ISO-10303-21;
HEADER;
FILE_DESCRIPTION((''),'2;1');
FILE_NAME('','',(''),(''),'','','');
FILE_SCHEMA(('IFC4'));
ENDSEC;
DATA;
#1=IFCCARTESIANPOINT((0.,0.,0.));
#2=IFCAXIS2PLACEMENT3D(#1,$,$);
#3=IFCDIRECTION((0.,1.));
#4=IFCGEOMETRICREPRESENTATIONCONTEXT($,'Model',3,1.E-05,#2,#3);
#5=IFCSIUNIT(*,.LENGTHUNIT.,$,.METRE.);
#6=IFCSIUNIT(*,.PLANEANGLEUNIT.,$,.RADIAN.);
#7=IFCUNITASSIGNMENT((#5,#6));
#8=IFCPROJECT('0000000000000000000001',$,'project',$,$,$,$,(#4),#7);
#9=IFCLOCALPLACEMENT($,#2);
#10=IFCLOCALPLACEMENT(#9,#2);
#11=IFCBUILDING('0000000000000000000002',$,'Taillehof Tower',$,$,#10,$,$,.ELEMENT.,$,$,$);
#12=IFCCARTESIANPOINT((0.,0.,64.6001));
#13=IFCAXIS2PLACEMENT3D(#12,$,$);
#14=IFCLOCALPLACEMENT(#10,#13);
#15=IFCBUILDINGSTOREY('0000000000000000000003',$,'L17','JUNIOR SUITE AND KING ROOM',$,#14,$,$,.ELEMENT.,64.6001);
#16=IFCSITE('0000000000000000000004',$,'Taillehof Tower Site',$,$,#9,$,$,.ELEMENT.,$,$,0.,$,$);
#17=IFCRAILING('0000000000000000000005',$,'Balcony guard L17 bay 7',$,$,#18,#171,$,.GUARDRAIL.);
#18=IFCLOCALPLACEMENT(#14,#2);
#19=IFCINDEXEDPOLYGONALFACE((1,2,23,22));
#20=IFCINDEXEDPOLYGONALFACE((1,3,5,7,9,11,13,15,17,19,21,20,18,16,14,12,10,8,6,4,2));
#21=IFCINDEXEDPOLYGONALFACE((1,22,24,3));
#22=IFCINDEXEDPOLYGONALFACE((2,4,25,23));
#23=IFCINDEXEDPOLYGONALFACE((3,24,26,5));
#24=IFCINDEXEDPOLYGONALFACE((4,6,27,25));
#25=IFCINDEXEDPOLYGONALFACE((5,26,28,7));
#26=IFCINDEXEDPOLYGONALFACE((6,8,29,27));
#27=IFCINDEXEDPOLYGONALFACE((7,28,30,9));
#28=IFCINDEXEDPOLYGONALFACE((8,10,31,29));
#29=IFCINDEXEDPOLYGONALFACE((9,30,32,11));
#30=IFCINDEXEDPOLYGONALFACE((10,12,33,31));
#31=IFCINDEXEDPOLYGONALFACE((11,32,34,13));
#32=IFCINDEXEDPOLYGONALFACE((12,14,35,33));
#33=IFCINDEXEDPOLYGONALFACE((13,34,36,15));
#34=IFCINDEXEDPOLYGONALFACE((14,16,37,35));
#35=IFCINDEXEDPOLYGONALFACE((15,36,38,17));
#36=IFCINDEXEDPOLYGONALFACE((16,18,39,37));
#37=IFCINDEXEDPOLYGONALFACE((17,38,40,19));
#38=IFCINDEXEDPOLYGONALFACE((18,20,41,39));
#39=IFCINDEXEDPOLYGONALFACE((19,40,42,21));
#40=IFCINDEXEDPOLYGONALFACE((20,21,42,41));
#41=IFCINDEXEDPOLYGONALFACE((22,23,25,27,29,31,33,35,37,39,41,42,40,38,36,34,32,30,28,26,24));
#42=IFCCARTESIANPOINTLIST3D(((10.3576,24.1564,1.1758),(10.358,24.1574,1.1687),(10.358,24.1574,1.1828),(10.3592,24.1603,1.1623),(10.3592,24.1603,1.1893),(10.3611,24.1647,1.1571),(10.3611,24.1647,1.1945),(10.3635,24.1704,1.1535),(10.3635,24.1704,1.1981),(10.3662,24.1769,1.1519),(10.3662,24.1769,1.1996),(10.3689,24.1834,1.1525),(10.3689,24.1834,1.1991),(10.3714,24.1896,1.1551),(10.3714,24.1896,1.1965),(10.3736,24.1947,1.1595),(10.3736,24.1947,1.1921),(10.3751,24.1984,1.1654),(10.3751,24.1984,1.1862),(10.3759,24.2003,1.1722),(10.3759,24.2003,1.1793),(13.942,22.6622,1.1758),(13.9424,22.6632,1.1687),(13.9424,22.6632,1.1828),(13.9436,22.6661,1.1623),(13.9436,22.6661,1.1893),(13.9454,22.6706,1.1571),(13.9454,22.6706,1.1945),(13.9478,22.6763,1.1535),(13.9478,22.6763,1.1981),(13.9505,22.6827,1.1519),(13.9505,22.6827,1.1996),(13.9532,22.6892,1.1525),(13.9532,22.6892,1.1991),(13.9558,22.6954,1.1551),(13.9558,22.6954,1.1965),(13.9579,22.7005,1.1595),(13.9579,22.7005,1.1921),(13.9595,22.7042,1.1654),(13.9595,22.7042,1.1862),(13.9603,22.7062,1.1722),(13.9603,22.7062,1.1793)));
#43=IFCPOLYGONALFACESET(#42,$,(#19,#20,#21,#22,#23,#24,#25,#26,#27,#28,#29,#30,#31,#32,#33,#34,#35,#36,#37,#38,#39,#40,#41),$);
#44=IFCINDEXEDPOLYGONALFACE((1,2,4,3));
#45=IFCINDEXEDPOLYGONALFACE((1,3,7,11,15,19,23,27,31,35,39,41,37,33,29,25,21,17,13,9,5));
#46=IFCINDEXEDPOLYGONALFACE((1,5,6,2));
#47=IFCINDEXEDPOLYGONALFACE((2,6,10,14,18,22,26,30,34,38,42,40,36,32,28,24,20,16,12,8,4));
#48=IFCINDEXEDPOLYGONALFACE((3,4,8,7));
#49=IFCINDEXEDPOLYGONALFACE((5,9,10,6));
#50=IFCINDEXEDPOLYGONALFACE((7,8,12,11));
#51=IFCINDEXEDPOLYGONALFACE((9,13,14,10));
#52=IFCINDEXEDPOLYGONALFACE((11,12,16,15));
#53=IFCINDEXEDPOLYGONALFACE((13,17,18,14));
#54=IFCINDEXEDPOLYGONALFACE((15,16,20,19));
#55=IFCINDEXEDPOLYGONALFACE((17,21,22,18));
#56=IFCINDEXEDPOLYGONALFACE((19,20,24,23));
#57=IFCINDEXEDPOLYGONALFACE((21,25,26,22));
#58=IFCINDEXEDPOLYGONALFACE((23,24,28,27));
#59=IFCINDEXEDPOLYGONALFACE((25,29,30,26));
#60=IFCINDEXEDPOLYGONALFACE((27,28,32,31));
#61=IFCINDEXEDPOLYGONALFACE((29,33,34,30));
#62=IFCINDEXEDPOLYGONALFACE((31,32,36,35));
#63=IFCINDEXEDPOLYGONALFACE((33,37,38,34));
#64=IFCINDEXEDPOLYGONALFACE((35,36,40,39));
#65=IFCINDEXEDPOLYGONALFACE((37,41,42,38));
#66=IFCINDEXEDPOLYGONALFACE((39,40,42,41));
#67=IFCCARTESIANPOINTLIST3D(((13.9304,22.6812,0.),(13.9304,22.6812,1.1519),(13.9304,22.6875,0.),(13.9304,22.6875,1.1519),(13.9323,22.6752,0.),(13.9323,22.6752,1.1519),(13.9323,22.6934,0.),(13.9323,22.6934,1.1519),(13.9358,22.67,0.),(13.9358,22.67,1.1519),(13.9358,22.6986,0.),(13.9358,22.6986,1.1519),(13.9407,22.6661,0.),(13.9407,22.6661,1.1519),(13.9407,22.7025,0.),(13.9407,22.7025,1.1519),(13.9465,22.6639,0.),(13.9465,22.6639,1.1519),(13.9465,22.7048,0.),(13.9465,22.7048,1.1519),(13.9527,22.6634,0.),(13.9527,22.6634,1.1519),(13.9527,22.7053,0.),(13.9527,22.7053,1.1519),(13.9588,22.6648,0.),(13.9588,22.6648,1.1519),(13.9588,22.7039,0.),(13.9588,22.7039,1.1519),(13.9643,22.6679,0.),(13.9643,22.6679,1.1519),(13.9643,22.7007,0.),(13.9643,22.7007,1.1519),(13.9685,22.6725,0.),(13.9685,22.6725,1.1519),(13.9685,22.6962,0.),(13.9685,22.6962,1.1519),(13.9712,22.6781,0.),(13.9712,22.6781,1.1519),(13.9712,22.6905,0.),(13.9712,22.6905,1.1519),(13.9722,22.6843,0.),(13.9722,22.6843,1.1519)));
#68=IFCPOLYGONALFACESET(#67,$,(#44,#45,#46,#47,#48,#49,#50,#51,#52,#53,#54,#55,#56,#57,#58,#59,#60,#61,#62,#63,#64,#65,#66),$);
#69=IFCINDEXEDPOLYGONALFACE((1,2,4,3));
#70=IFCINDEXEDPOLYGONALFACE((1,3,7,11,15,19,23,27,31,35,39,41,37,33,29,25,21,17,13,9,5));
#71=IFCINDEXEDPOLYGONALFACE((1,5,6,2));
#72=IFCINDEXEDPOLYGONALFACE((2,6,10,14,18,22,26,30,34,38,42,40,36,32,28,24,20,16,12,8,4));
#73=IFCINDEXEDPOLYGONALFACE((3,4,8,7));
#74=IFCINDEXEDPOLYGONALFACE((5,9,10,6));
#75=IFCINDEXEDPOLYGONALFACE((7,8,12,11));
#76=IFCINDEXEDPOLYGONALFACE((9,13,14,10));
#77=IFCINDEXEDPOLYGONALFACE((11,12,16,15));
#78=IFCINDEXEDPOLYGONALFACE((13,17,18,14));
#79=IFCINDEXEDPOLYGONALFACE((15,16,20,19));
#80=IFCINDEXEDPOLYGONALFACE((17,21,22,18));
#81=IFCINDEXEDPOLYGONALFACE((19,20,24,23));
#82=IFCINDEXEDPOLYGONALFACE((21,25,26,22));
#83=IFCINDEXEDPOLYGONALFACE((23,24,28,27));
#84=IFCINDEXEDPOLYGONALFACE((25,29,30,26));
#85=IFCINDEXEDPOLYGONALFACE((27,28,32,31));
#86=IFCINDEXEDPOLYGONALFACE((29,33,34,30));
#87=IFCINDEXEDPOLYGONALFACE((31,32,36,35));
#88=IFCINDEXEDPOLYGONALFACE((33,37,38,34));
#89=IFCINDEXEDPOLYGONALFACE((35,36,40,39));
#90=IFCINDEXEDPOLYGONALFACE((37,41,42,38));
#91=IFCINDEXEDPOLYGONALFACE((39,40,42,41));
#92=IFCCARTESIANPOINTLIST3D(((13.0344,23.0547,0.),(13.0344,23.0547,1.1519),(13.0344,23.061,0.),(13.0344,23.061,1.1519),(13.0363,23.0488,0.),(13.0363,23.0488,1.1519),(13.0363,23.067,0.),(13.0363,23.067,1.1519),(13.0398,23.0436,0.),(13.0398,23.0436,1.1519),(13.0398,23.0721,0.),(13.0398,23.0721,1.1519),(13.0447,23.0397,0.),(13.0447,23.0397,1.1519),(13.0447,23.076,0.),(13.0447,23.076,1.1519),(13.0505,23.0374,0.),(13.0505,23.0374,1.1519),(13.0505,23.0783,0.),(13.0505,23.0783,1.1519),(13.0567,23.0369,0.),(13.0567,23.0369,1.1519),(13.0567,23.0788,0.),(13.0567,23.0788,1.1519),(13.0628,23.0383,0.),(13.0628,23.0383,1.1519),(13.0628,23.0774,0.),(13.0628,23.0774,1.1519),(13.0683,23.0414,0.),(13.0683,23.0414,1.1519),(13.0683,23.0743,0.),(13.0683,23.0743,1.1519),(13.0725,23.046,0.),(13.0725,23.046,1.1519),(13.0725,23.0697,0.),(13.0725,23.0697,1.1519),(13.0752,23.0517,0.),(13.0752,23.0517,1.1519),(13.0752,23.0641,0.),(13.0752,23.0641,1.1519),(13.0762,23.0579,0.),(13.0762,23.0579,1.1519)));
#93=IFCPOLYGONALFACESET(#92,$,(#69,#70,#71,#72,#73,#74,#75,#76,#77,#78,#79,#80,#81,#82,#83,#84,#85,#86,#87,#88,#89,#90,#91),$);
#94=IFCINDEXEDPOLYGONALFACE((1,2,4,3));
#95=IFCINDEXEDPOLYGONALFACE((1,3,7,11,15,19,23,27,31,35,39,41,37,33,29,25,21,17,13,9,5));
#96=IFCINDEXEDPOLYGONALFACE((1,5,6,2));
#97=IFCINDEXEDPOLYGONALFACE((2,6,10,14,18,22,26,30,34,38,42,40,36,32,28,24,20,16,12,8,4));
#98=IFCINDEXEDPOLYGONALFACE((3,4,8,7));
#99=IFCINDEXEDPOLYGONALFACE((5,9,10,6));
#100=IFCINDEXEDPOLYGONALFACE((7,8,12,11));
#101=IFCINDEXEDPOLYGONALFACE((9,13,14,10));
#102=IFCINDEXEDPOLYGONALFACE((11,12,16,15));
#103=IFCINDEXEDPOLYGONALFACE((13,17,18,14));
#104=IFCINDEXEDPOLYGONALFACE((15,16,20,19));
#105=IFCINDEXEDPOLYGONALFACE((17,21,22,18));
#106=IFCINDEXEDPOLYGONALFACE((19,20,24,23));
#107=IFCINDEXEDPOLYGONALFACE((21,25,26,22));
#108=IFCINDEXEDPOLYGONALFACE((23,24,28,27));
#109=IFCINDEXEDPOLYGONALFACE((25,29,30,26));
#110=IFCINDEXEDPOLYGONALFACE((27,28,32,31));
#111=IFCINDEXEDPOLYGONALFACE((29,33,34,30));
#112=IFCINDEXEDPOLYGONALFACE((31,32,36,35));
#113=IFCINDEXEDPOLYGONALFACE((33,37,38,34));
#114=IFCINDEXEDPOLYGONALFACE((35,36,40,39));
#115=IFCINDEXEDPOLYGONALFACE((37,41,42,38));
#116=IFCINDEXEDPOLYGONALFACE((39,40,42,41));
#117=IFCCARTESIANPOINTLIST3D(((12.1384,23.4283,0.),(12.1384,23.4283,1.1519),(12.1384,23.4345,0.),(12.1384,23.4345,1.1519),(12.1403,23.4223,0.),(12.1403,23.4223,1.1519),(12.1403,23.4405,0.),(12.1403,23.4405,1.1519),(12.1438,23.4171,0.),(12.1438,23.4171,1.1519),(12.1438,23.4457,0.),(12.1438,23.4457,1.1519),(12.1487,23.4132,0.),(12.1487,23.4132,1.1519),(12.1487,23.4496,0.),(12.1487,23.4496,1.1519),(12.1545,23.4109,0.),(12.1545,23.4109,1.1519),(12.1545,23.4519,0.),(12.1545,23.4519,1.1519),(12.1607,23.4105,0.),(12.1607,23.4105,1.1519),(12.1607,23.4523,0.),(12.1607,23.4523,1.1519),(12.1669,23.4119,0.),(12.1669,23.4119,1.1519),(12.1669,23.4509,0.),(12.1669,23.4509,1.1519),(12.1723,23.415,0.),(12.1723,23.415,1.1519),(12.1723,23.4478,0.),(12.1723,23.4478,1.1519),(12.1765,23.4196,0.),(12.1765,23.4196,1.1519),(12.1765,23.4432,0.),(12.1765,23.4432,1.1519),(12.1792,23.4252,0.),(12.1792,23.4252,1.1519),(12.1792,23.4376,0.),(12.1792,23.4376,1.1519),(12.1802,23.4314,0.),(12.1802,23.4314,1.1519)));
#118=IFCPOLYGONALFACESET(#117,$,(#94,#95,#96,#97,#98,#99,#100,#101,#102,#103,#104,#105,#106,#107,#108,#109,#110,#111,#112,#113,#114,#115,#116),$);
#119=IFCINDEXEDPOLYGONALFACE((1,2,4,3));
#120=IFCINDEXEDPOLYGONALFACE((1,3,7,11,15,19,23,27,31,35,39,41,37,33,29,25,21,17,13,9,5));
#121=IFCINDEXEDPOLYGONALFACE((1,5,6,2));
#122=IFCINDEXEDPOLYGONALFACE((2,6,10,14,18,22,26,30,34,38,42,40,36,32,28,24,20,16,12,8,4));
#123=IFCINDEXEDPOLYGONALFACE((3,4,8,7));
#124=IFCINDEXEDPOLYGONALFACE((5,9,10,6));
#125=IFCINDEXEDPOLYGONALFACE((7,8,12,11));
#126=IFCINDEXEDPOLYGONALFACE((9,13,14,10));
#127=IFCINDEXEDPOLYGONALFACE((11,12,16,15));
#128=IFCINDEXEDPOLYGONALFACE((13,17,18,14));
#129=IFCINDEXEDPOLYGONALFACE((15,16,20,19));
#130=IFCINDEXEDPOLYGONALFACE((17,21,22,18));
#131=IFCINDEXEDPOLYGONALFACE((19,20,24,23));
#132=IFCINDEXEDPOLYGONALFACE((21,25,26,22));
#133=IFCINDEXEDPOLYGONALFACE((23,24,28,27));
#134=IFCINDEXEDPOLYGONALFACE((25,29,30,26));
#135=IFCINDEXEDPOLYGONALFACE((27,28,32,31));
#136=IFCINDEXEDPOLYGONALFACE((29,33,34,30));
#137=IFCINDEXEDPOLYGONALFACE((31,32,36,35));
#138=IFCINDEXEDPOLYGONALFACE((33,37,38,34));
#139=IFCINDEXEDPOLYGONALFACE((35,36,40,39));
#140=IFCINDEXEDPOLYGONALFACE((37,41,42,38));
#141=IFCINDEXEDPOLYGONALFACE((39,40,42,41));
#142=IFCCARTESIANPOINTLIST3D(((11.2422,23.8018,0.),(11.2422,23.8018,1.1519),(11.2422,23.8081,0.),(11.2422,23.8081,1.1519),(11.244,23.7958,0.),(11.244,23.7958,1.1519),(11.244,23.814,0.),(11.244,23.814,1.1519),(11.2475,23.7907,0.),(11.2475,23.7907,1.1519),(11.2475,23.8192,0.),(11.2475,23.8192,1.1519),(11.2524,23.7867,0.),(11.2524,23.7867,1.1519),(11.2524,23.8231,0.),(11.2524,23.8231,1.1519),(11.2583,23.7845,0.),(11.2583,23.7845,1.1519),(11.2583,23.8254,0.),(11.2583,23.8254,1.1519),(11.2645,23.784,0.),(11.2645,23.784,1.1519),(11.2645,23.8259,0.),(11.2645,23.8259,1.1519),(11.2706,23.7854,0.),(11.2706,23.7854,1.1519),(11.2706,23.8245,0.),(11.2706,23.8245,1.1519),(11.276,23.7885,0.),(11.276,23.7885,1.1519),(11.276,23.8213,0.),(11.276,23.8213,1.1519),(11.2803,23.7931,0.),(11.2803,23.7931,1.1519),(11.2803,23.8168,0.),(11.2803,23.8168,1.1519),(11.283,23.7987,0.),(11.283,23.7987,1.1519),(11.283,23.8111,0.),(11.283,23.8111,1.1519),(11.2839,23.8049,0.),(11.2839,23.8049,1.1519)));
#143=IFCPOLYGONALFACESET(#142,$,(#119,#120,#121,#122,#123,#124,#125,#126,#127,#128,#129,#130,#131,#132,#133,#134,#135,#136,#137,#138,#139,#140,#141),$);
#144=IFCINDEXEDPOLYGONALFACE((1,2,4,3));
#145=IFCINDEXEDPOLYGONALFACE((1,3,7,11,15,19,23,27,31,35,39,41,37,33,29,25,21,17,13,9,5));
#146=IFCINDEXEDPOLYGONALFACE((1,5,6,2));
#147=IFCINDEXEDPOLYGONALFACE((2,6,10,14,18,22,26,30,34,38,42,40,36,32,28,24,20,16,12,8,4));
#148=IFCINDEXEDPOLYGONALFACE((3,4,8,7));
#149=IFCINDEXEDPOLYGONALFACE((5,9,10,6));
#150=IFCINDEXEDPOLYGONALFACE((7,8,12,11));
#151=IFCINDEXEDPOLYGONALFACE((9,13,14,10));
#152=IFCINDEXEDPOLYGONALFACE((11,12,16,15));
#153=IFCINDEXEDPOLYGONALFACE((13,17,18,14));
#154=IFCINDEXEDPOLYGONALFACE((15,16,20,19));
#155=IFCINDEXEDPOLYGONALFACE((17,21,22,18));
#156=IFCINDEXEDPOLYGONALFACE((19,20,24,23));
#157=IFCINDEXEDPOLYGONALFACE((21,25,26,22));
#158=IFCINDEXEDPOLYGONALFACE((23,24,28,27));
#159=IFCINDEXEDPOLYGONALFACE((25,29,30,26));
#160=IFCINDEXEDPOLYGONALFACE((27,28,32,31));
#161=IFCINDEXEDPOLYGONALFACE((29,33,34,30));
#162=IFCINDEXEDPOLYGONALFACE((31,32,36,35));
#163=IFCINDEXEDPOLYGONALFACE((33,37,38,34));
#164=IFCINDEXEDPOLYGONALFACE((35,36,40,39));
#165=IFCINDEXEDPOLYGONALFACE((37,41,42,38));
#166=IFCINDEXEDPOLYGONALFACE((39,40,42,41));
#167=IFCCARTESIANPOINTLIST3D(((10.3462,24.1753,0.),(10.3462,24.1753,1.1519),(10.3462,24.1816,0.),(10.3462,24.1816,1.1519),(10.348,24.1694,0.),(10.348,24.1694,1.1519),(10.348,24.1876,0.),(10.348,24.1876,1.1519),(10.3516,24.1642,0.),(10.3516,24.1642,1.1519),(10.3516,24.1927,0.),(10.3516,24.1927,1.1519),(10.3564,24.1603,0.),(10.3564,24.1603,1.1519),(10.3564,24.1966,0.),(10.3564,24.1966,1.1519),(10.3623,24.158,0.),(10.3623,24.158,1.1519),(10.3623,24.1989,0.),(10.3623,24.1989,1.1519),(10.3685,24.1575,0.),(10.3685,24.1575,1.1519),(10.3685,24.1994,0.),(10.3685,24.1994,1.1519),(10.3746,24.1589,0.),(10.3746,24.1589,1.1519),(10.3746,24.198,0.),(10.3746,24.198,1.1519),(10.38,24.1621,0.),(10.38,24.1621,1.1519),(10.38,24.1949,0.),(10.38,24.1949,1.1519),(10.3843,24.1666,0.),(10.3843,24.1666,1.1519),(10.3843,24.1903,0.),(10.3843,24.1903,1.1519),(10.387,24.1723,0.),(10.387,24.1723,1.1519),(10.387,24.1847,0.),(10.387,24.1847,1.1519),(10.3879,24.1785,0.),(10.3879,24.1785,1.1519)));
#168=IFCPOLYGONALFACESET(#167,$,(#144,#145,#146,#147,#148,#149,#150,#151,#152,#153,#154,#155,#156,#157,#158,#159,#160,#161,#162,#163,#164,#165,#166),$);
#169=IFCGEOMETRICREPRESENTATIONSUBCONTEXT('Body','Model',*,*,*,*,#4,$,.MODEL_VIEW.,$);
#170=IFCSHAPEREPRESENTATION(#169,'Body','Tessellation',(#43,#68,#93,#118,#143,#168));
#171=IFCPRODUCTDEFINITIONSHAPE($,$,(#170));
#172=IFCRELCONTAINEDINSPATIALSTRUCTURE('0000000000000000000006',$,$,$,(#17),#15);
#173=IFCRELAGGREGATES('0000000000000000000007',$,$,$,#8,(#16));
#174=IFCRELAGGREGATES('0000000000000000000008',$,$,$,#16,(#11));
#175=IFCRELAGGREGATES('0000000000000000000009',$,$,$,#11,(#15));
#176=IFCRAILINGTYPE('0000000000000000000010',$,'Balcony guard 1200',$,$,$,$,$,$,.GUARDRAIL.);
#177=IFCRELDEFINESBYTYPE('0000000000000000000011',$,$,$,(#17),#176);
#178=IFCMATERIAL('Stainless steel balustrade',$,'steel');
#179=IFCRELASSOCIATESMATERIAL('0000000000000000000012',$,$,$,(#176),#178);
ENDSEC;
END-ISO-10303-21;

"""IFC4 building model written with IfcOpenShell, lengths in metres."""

from ifc_helpers import new_model, si_unit, direction, frame, origin, origin_2d, place, context, subcontext, project, spatial, circle, extrude, material, type_object, element, save


model = new_model("IFC4")

# Units and contexts
model_context = context("Model", 3, precision=1e-05, world=origin(), true_north=direction((0.0, 1.0)))
body_context = subcontext(model_context, "Body", "Model", "MODEL_VIEW")
ifc_project = project(units=[si_unit("LENGTHUNIT", "METRE"), si_unit("PLANEANGLEUNIT", "RADIAN")], contexts=[model_context])

# Site, building, storey
site_placement = place(None, origin())
site = spatial("IfcSite", under=ifc_project, at=site_placement, Name="Taillehof Tower Site", CompositionType="ELEMENT", RefElevation=0.0)
building_placement = place(site_placement, origin())
building = spatial("IfcBuilding", under=site, at=building_placement, Name="Taillehof Tower", CompositionType="ELEMENT")
storey_placement = place(building_placement, frame((0.0, 0.0, 64.6001)))
storey = spatial("IfcBuildingStorey", under=building, at=storey_placement, Name="L17", Description="JUNIOR SUITE AND KING ROOM", CompositionType="ELEMENT", Elevation=64.6001)

# Railing
ifc_material_1 = material(Name="Stainless steel balustrade", Category="steel")
railing_type = type_object("IfcRailingType", Name="Balcony guard 1200", PredefinedType="GUARDRAIL", material=ifc_material_1)
railing_1_placement = place(storey_placement, frame((13.9512, 22.6843, 0.0)))
element("IfcRailing", 1, at=railing_1_placement, inside=storey, type_object=railing_type, Name="Balcony guard L17 bay 7", PredefinedType="GUARDRAIL", context=body_context, shape_type="SweptSolid", body=[
    extrude(circle(Radius=0.0239, at=origin_2d()), frame((0.0, 0.0, 1.1758), z_axis=(-0.923012, 0.384772, 0.0), x_axis=(-0.384772, -0.923012, 0.0)), (0.0, 0.0, 1.0), 3.8833),
    extrude(circle(Radius=0.021, at=origin_2d()), origin(), (0.0, 0.0, 1.0), 1.1519),
    extrude(circle(Radius=0.021, at=origin_2d()), frame((-0.896, 0.3735, 0.0)), (0.0, 0.0, 1.0), 1.1519),
    extrude(circle(Radius=0.021, at=origin_2d()), frame((-1.792, 0.7471, 0.0)), (0.0, 0.0, 1.0), 1.1519),
    extrude(circle(Radius=0.021, at=origin_2d()), frame((-2.6882, 1.1206, 0.0)), (0.0, 0.0, 1.0), 1.1519),
    extrude(circle(Radius=0.021, at=origin_2d()), frame((-3.5842, 1.4941, 0.0)), (0.0, 0.0, 1.0), 1.1519),
])

save(model, "model.ifc")
